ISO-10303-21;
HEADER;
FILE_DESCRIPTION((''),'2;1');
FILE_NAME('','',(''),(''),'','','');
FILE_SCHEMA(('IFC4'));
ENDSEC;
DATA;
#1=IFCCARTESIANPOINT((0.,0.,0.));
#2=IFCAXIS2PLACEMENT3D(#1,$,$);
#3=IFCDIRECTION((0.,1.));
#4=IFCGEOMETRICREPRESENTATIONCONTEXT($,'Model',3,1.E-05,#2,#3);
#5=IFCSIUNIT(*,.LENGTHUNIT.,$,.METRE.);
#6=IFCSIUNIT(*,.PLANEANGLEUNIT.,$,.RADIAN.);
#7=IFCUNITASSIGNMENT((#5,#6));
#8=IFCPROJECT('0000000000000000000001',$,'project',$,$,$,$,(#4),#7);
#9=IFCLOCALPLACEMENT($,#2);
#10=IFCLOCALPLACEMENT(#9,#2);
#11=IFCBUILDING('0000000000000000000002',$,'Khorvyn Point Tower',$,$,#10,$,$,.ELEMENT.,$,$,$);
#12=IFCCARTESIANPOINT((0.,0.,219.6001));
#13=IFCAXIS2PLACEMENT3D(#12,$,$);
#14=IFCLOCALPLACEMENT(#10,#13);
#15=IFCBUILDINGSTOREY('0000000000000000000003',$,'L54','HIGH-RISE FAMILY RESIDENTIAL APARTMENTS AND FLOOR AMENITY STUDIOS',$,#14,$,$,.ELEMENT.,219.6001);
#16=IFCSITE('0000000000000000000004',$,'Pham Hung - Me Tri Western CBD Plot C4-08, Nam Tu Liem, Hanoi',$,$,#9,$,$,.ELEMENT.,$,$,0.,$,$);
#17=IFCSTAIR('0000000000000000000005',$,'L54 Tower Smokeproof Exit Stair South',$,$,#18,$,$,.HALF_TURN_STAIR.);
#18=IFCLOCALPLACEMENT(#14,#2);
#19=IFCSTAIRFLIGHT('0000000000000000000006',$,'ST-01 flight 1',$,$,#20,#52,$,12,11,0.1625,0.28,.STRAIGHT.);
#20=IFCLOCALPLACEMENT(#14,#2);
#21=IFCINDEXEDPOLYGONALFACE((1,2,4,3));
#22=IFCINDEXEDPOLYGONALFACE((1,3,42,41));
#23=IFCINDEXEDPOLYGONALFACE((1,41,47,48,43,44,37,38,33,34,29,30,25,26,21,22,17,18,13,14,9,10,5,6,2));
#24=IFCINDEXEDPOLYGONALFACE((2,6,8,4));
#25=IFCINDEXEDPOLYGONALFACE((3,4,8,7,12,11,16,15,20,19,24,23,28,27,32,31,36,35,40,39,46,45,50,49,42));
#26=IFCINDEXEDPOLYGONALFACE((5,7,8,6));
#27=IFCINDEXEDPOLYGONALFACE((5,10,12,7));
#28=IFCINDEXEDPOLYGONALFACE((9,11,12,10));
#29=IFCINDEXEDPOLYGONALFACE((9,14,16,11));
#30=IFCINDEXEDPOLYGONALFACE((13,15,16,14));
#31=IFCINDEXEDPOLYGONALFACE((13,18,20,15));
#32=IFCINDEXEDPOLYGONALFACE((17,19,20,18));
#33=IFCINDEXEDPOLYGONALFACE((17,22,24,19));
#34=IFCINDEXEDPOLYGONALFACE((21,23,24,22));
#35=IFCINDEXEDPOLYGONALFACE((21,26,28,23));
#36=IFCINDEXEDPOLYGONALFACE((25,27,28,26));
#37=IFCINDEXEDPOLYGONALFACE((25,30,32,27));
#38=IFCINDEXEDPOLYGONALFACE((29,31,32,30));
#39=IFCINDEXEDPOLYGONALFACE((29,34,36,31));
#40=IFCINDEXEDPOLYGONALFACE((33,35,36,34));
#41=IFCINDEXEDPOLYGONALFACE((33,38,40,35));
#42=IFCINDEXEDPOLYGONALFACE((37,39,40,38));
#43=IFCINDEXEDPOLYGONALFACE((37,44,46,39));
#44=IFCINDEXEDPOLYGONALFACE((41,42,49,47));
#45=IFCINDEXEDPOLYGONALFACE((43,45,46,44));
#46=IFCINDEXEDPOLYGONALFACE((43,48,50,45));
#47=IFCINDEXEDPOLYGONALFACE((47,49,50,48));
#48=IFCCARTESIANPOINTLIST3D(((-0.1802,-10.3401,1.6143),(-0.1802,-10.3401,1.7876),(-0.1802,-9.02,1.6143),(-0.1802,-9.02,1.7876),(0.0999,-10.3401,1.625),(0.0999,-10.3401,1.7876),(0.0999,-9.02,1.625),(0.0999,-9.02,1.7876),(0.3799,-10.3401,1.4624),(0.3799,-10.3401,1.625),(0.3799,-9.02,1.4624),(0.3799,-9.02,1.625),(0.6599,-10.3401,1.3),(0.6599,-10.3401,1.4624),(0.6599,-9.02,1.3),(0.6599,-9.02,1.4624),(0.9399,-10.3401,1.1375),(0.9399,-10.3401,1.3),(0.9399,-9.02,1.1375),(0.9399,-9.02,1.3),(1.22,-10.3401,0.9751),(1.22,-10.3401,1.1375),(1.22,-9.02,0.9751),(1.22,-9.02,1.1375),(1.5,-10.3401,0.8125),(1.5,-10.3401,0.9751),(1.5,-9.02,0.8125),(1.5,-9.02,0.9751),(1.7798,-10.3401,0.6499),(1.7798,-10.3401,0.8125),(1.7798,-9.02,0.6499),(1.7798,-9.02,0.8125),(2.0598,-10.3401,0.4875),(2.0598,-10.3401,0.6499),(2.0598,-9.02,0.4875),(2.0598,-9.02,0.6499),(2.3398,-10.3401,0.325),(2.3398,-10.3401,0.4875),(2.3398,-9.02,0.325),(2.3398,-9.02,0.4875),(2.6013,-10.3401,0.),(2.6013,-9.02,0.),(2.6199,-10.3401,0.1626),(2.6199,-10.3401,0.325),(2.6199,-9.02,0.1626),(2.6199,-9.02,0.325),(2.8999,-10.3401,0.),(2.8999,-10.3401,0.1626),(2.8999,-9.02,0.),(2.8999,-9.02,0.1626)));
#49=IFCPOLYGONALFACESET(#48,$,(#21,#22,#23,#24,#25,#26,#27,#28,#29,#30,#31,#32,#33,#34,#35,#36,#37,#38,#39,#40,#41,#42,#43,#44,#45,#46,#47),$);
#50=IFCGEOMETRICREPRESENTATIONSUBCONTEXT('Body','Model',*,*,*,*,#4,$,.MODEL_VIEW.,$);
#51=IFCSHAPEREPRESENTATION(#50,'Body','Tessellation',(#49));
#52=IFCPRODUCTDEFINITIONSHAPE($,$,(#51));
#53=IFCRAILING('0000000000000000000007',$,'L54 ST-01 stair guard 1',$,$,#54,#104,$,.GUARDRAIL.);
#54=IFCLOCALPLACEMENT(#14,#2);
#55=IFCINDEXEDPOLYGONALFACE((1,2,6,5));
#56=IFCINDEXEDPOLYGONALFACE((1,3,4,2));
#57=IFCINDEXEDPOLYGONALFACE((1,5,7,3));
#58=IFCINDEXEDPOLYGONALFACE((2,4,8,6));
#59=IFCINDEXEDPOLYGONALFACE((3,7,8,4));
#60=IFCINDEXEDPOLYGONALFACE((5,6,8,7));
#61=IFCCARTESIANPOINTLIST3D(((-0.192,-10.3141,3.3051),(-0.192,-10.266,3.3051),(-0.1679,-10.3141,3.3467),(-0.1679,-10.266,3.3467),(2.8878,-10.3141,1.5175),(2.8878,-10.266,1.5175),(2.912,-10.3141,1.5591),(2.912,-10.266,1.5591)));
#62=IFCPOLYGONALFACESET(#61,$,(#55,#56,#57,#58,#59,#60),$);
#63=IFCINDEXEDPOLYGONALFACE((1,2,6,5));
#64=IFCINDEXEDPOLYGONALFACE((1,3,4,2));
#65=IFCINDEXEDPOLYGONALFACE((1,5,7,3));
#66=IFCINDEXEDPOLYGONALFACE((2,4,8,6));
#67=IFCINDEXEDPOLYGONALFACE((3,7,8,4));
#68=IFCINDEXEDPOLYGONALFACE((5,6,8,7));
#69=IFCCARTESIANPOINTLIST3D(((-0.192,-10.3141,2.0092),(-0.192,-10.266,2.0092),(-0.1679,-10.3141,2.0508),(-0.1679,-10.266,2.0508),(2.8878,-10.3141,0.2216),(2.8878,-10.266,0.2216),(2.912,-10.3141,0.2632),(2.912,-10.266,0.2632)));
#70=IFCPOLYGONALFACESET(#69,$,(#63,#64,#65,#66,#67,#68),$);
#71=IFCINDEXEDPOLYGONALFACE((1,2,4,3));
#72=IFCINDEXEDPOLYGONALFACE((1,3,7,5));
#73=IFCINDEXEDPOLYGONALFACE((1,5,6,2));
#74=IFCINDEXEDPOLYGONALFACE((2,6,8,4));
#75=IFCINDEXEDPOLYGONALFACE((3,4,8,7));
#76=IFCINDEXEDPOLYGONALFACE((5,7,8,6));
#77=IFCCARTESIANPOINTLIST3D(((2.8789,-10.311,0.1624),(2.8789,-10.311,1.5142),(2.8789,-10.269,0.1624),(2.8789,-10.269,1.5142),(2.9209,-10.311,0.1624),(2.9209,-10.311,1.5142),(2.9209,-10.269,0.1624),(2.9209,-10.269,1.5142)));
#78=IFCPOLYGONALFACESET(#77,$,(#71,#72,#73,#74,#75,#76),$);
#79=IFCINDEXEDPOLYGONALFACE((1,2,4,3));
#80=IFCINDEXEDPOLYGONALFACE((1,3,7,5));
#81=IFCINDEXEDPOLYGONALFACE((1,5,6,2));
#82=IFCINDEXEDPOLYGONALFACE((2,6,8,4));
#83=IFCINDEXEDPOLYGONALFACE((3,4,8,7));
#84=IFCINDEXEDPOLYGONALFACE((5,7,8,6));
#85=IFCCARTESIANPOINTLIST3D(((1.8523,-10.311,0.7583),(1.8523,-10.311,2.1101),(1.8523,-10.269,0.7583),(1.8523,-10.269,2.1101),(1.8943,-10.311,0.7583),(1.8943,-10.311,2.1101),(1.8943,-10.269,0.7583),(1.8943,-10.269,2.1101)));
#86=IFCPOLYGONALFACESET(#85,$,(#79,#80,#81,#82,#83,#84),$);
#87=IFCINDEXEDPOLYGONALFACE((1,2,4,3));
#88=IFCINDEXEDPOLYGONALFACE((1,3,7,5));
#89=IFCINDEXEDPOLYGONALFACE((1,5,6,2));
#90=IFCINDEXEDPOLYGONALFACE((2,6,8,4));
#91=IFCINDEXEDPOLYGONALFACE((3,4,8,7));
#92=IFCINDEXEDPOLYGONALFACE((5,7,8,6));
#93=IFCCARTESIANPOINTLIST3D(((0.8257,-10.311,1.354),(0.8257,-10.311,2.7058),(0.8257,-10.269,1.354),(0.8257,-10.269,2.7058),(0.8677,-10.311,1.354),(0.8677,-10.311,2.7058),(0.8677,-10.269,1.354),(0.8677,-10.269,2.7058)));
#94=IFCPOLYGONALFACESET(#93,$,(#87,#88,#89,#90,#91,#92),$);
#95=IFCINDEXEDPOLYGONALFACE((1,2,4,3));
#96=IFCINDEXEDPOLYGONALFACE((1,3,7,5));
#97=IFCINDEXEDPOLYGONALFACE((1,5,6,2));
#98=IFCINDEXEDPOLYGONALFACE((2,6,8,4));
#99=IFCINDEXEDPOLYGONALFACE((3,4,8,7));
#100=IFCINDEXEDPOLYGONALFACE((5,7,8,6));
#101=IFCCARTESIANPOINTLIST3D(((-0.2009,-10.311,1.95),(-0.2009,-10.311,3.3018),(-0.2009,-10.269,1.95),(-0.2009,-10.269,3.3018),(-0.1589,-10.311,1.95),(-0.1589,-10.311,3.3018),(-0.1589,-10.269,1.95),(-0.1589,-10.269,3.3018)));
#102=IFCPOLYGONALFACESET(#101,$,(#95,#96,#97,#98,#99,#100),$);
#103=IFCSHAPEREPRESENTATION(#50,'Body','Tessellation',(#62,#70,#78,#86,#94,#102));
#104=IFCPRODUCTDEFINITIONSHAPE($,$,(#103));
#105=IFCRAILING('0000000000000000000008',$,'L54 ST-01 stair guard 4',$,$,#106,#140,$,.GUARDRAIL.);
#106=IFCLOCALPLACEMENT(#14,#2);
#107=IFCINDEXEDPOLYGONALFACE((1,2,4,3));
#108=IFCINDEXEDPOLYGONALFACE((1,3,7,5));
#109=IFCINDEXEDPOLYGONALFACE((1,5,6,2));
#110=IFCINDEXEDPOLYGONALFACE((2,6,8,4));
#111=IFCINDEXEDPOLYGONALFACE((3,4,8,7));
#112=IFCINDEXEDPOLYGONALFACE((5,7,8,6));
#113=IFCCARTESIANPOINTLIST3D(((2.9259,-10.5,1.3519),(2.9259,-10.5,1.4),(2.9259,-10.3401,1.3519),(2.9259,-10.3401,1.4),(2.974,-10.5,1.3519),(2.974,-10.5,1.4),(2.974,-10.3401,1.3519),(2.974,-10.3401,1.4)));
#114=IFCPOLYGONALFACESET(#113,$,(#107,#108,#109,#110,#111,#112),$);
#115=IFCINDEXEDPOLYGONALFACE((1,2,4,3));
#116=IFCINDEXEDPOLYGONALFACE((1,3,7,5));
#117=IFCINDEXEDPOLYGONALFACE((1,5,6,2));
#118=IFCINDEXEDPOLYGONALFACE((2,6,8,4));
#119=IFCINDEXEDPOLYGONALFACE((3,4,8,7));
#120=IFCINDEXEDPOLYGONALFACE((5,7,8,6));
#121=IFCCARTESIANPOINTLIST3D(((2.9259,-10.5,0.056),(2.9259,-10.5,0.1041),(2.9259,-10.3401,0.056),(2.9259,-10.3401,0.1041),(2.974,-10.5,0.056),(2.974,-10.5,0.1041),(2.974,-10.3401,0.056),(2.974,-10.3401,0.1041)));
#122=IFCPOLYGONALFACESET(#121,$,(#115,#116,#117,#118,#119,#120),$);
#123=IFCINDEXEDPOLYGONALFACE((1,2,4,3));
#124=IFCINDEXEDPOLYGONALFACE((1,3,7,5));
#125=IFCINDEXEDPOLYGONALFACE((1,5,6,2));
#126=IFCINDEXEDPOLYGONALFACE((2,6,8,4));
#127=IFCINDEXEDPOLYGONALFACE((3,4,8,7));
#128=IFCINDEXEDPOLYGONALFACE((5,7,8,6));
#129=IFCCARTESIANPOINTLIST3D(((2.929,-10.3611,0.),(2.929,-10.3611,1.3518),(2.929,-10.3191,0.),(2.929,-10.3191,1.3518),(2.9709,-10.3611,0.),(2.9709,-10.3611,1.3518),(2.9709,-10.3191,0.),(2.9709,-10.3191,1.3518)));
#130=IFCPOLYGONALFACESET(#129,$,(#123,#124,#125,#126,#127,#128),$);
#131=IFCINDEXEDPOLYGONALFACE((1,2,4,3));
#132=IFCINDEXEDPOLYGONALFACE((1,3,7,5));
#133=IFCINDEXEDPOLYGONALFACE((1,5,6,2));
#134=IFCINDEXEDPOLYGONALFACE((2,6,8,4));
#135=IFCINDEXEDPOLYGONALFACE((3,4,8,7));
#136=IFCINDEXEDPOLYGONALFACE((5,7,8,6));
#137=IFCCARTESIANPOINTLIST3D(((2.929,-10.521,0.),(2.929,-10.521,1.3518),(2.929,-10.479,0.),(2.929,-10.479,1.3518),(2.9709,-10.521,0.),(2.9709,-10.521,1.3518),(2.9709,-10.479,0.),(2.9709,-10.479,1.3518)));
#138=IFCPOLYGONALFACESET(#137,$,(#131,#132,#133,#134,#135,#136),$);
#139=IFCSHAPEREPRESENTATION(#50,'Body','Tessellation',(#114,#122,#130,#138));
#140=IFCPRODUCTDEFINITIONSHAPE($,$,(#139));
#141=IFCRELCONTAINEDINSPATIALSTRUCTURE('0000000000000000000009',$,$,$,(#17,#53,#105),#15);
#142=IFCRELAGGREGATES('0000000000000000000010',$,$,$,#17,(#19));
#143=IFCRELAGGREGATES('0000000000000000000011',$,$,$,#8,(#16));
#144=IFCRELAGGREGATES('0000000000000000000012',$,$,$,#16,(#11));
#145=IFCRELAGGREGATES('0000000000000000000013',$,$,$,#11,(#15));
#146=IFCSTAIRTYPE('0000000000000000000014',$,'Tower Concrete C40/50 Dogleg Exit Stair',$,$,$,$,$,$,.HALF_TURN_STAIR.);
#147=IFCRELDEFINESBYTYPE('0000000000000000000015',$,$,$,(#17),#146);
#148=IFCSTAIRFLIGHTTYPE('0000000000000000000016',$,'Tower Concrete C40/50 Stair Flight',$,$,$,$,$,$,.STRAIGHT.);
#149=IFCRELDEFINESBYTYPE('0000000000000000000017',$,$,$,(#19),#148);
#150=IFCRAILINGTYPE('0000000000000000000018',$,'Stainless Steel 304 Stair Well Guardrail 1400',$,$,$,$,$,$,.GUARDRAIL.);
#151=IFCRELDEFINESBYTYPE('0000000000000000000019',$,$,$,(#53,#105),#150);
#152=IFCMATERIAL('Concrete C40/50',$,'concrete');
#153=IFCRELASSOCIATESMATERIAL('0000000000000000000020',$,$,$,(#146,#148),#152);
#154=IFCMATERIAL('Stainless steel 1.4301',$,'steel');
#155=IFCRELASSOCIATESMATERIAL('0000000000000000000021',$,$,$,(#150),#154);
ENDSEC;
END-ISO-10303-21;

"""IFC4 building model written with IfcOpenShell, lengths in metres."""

from ifc_helpers import new_model, si_unit, direction, frame, origin, origin_2d, place, context, subcontext, project, spatial, polyline, rectangle, outline, extrude, material, type_object, element, aggregate, save


model = new_model("IFC4")

# Units and contexts
model_context = context("Model", 3, precision=1e-05, world=origin(), true_north=direction((0.0, 1.0)))
body_context = subcontext(model_context, "Body", "Model", "MODEL_VIEW")
ifc_project = project(units=[si_unit("LENGTHUNIT", "METRE"), si_unit("PLANEANGLEUNIT", "RADIAN")], contexts=[model_context])

# Site, building, storey
site_placement = place(None, origin())
site = spatial("IfcSite", under=ifc_project, at=site_placement, Name="Pham Hung - Me Tri Western CBD Plot C4-08, Nam Tu Liem, Hanoi", CompositionType="ELEMENT", RefElevation=0.0)
building_placement = place(site_placement, origin())
building = spatial("IfcBuilding", under=site, at=building_placement, Name="Khorvyn Point Tower", CompositionType="ELEMENT")
storey_placement = place(building_placement, frame((0.0, 0.0, 219.6001)))
storey = spatial("IfcBuildingStorey", under=building, at=storey_placement, Name="L54", Description="HIGH-RISE FAMILY RESIDENTIAL APARTMENTS AND FLOOR AMENITY STUDIOS", CompositionType="ELEMENT", Elevation=219.6001)

# Shared definitions
ifc_material_1 = material(Name="Concrete C40/50", Category="concrete")

# Stair, stair flight
stair_type = type_object("IfcStairType", Name="Tower Concrete C40/50 Dogleg Exit Stair", PredefinedType="HALF_TURN_STAIR", material=ifc_material_1)
stair_placement = place(storey_placement, origin())
stair = element("IfcStair", 1, at=stair_placement, inside=storey, type_object=stair_type, Name="L54 Tower Smokeproof Exit Stair South", PredefinedType="HALF_TURN_STAIR")
stair_flight_type = type_object("IfcStairFlightType", Name="Tower Concrete C40/50 Stair Flight", PredefinedType="STRAIGHT", material=ifc_material_1)
stair_flight_placement = place(storey_placement, frame((2.8999, -9.6799, 0.0), z_axis=(0.0, 0.0, 1.0), x_axis=(-1.0, 0.0, 0.0)))
stair_flight = element("IfcStairFlight", 2, at=stair_flight_placement, type_object=stair_flight_type, Name="ST-01 flight 1", NumberOfRisers=12, NumberOfTreads=11, PredefinedType="STRAIGHT", RiserHeight=0.1625, TreadLength=0.28, context=body_context, shape_type="SweptSolid", body=[
    extrude(outline(polyline([(0.0, 0.0), (0.0, 0.1626), (0.28, 0.1626), (0.28, 0.325), (0.5601, 0.325), (0.5601, 0.4875), (0.8401, 0.4875), (0.8401, 0.6499), (1.1201, 0.6499), (1.1201, 0.8125), (1.3999, 0.8125), (1.3999, 0.9751), (1.6799, 0.9751), (1.6799, 1.1375), (1.96, 1.1375), (1.96, 1.3), (2.24, 1.3), (2.24, 1.4624), (2.52, 1.4624), (2.52, 1.625), (2.8, 1.625), (2.8, 1.7876), (3.0801, 1.7876), (3.0801, 1.95), (3.0801, 1.6143), (0.2986, 0.0), (0.0, 0.0)])), frame((0.0, 0.6602, 0.0), z_axis=(0.0, -1.0, 0.0), x_axis=(1.0, 0.0, 0.0)), (0.0, 0.0, 1.0), 1.3201),
])
aggregate(stair, [stair_flight])

# Railings
ifc_material_2 = material(Name="Stainless steel 1.4301", Category="steel")
railing_type = type_object("IfcRailingType", Name="Stainless Steel 304 Stair Well Guardrail 1400", PredefinedType="GUARDRAIL", material=ifc_material_2)
railing_1_placement = place(storey_placement, frame((2.8999, -10.29, 0.1624)))
element("IfcRailing", 3, at=railing_1_placement, inside=storey, type_object=railing_type, Name="L54 ST-01 stair guard 1", PredefinedType="GUARDRAIL", context=body_context, shape_type="SweptSolid", body=[
    extrude(rectangle(XDim=0.0481, YDim=0.0481, at=origin_2d()), frame((0.0, 0.0, 1.376), z_axis=(-0.864873, 0.0, 0.50199), x_axis=(0.0, -1.0, 0.0)), (0.0, 0.0, 1.0), 3.561),
    extrude(rectangle(XDim=0.0481, YDim=0.0481, at=origin_2d()), frame((0.0, 0.0, 0.0801), z_axis=(-0.864873, 0.0, 0.50199), x_axis=(0.0, -1.0, 0.0)), (0.0, 0.0, 1.0), 3.561),
    extrude(rectangle(XDim=0.042, YDim=0.042, at=origin_2d()), origin(), (0.0, 0.0, 1.0), 1.3518),
    extrude(rectangle(XDim=0.042, YDim=0.042, at=origin_2d()), frame((-1.0266, 0.0, 0.5959)), (0.0, 0.0, 1.0), 1.3518),
    extrude(rectangle(XDim=0.042, YDim=0.042, at=origin_2d()), frame((-2.0532, 0.0, 1.1917)), (0.0, 0.0, 1.0), 1.3518),
    extrude(rectangle(XDim=0.042, YDim=0.042, at=origin_2d()), frame((-3.0798, 0.0, 1.7876)), (0.0, 0.0, 1.0), 1.3518),
])
railing_2_placement = place(storey_placement, frame((2.95, -10.3401, 0.0)))
element("IfcRailing", 4, at=railing_2_placement, inside=storey, type_object=railing_type, Name="L54 ST-01 stair guard 4", PredefinedType="GUARDRAIL", context=body_context, shape_type="SweptSolid", body=[
    extrude(rectangle(XDim=0.0481, YDim=0.0481, at=origin_2d()), frame((0.0, 0.0, 1.376), z_axis=(0.0, -1.0, 0.0), x_axis=(1.0, 0.0, 0.0)), (0.0, 0.0, 1.0), 0.1599),
    extrude(rectangle(XDim=0.0481, YDim=0.0481, at=origin_2d()), frame((0.0, 0.0, 0.0801), z_axis=(0.0, -1.0, 0.0), x_axis=(1.0, 0.0, 0.0)), (0.0, 0.0, 1.0), 0.1599),
    extrude(rectangle(XDim=0.042, YDim=0.042, at=origin_2d()), origin(), (0.0, 0.0, 1.0), 1.3518),
    extrude(rectangle(XDim=0.042, YDim=0.042, at=origin_2d()), frame((0.0, -0.1599, 0.0)), (0.0, 0.0, 1.0), 1.3518),
])

save(model, "model.ifc")
